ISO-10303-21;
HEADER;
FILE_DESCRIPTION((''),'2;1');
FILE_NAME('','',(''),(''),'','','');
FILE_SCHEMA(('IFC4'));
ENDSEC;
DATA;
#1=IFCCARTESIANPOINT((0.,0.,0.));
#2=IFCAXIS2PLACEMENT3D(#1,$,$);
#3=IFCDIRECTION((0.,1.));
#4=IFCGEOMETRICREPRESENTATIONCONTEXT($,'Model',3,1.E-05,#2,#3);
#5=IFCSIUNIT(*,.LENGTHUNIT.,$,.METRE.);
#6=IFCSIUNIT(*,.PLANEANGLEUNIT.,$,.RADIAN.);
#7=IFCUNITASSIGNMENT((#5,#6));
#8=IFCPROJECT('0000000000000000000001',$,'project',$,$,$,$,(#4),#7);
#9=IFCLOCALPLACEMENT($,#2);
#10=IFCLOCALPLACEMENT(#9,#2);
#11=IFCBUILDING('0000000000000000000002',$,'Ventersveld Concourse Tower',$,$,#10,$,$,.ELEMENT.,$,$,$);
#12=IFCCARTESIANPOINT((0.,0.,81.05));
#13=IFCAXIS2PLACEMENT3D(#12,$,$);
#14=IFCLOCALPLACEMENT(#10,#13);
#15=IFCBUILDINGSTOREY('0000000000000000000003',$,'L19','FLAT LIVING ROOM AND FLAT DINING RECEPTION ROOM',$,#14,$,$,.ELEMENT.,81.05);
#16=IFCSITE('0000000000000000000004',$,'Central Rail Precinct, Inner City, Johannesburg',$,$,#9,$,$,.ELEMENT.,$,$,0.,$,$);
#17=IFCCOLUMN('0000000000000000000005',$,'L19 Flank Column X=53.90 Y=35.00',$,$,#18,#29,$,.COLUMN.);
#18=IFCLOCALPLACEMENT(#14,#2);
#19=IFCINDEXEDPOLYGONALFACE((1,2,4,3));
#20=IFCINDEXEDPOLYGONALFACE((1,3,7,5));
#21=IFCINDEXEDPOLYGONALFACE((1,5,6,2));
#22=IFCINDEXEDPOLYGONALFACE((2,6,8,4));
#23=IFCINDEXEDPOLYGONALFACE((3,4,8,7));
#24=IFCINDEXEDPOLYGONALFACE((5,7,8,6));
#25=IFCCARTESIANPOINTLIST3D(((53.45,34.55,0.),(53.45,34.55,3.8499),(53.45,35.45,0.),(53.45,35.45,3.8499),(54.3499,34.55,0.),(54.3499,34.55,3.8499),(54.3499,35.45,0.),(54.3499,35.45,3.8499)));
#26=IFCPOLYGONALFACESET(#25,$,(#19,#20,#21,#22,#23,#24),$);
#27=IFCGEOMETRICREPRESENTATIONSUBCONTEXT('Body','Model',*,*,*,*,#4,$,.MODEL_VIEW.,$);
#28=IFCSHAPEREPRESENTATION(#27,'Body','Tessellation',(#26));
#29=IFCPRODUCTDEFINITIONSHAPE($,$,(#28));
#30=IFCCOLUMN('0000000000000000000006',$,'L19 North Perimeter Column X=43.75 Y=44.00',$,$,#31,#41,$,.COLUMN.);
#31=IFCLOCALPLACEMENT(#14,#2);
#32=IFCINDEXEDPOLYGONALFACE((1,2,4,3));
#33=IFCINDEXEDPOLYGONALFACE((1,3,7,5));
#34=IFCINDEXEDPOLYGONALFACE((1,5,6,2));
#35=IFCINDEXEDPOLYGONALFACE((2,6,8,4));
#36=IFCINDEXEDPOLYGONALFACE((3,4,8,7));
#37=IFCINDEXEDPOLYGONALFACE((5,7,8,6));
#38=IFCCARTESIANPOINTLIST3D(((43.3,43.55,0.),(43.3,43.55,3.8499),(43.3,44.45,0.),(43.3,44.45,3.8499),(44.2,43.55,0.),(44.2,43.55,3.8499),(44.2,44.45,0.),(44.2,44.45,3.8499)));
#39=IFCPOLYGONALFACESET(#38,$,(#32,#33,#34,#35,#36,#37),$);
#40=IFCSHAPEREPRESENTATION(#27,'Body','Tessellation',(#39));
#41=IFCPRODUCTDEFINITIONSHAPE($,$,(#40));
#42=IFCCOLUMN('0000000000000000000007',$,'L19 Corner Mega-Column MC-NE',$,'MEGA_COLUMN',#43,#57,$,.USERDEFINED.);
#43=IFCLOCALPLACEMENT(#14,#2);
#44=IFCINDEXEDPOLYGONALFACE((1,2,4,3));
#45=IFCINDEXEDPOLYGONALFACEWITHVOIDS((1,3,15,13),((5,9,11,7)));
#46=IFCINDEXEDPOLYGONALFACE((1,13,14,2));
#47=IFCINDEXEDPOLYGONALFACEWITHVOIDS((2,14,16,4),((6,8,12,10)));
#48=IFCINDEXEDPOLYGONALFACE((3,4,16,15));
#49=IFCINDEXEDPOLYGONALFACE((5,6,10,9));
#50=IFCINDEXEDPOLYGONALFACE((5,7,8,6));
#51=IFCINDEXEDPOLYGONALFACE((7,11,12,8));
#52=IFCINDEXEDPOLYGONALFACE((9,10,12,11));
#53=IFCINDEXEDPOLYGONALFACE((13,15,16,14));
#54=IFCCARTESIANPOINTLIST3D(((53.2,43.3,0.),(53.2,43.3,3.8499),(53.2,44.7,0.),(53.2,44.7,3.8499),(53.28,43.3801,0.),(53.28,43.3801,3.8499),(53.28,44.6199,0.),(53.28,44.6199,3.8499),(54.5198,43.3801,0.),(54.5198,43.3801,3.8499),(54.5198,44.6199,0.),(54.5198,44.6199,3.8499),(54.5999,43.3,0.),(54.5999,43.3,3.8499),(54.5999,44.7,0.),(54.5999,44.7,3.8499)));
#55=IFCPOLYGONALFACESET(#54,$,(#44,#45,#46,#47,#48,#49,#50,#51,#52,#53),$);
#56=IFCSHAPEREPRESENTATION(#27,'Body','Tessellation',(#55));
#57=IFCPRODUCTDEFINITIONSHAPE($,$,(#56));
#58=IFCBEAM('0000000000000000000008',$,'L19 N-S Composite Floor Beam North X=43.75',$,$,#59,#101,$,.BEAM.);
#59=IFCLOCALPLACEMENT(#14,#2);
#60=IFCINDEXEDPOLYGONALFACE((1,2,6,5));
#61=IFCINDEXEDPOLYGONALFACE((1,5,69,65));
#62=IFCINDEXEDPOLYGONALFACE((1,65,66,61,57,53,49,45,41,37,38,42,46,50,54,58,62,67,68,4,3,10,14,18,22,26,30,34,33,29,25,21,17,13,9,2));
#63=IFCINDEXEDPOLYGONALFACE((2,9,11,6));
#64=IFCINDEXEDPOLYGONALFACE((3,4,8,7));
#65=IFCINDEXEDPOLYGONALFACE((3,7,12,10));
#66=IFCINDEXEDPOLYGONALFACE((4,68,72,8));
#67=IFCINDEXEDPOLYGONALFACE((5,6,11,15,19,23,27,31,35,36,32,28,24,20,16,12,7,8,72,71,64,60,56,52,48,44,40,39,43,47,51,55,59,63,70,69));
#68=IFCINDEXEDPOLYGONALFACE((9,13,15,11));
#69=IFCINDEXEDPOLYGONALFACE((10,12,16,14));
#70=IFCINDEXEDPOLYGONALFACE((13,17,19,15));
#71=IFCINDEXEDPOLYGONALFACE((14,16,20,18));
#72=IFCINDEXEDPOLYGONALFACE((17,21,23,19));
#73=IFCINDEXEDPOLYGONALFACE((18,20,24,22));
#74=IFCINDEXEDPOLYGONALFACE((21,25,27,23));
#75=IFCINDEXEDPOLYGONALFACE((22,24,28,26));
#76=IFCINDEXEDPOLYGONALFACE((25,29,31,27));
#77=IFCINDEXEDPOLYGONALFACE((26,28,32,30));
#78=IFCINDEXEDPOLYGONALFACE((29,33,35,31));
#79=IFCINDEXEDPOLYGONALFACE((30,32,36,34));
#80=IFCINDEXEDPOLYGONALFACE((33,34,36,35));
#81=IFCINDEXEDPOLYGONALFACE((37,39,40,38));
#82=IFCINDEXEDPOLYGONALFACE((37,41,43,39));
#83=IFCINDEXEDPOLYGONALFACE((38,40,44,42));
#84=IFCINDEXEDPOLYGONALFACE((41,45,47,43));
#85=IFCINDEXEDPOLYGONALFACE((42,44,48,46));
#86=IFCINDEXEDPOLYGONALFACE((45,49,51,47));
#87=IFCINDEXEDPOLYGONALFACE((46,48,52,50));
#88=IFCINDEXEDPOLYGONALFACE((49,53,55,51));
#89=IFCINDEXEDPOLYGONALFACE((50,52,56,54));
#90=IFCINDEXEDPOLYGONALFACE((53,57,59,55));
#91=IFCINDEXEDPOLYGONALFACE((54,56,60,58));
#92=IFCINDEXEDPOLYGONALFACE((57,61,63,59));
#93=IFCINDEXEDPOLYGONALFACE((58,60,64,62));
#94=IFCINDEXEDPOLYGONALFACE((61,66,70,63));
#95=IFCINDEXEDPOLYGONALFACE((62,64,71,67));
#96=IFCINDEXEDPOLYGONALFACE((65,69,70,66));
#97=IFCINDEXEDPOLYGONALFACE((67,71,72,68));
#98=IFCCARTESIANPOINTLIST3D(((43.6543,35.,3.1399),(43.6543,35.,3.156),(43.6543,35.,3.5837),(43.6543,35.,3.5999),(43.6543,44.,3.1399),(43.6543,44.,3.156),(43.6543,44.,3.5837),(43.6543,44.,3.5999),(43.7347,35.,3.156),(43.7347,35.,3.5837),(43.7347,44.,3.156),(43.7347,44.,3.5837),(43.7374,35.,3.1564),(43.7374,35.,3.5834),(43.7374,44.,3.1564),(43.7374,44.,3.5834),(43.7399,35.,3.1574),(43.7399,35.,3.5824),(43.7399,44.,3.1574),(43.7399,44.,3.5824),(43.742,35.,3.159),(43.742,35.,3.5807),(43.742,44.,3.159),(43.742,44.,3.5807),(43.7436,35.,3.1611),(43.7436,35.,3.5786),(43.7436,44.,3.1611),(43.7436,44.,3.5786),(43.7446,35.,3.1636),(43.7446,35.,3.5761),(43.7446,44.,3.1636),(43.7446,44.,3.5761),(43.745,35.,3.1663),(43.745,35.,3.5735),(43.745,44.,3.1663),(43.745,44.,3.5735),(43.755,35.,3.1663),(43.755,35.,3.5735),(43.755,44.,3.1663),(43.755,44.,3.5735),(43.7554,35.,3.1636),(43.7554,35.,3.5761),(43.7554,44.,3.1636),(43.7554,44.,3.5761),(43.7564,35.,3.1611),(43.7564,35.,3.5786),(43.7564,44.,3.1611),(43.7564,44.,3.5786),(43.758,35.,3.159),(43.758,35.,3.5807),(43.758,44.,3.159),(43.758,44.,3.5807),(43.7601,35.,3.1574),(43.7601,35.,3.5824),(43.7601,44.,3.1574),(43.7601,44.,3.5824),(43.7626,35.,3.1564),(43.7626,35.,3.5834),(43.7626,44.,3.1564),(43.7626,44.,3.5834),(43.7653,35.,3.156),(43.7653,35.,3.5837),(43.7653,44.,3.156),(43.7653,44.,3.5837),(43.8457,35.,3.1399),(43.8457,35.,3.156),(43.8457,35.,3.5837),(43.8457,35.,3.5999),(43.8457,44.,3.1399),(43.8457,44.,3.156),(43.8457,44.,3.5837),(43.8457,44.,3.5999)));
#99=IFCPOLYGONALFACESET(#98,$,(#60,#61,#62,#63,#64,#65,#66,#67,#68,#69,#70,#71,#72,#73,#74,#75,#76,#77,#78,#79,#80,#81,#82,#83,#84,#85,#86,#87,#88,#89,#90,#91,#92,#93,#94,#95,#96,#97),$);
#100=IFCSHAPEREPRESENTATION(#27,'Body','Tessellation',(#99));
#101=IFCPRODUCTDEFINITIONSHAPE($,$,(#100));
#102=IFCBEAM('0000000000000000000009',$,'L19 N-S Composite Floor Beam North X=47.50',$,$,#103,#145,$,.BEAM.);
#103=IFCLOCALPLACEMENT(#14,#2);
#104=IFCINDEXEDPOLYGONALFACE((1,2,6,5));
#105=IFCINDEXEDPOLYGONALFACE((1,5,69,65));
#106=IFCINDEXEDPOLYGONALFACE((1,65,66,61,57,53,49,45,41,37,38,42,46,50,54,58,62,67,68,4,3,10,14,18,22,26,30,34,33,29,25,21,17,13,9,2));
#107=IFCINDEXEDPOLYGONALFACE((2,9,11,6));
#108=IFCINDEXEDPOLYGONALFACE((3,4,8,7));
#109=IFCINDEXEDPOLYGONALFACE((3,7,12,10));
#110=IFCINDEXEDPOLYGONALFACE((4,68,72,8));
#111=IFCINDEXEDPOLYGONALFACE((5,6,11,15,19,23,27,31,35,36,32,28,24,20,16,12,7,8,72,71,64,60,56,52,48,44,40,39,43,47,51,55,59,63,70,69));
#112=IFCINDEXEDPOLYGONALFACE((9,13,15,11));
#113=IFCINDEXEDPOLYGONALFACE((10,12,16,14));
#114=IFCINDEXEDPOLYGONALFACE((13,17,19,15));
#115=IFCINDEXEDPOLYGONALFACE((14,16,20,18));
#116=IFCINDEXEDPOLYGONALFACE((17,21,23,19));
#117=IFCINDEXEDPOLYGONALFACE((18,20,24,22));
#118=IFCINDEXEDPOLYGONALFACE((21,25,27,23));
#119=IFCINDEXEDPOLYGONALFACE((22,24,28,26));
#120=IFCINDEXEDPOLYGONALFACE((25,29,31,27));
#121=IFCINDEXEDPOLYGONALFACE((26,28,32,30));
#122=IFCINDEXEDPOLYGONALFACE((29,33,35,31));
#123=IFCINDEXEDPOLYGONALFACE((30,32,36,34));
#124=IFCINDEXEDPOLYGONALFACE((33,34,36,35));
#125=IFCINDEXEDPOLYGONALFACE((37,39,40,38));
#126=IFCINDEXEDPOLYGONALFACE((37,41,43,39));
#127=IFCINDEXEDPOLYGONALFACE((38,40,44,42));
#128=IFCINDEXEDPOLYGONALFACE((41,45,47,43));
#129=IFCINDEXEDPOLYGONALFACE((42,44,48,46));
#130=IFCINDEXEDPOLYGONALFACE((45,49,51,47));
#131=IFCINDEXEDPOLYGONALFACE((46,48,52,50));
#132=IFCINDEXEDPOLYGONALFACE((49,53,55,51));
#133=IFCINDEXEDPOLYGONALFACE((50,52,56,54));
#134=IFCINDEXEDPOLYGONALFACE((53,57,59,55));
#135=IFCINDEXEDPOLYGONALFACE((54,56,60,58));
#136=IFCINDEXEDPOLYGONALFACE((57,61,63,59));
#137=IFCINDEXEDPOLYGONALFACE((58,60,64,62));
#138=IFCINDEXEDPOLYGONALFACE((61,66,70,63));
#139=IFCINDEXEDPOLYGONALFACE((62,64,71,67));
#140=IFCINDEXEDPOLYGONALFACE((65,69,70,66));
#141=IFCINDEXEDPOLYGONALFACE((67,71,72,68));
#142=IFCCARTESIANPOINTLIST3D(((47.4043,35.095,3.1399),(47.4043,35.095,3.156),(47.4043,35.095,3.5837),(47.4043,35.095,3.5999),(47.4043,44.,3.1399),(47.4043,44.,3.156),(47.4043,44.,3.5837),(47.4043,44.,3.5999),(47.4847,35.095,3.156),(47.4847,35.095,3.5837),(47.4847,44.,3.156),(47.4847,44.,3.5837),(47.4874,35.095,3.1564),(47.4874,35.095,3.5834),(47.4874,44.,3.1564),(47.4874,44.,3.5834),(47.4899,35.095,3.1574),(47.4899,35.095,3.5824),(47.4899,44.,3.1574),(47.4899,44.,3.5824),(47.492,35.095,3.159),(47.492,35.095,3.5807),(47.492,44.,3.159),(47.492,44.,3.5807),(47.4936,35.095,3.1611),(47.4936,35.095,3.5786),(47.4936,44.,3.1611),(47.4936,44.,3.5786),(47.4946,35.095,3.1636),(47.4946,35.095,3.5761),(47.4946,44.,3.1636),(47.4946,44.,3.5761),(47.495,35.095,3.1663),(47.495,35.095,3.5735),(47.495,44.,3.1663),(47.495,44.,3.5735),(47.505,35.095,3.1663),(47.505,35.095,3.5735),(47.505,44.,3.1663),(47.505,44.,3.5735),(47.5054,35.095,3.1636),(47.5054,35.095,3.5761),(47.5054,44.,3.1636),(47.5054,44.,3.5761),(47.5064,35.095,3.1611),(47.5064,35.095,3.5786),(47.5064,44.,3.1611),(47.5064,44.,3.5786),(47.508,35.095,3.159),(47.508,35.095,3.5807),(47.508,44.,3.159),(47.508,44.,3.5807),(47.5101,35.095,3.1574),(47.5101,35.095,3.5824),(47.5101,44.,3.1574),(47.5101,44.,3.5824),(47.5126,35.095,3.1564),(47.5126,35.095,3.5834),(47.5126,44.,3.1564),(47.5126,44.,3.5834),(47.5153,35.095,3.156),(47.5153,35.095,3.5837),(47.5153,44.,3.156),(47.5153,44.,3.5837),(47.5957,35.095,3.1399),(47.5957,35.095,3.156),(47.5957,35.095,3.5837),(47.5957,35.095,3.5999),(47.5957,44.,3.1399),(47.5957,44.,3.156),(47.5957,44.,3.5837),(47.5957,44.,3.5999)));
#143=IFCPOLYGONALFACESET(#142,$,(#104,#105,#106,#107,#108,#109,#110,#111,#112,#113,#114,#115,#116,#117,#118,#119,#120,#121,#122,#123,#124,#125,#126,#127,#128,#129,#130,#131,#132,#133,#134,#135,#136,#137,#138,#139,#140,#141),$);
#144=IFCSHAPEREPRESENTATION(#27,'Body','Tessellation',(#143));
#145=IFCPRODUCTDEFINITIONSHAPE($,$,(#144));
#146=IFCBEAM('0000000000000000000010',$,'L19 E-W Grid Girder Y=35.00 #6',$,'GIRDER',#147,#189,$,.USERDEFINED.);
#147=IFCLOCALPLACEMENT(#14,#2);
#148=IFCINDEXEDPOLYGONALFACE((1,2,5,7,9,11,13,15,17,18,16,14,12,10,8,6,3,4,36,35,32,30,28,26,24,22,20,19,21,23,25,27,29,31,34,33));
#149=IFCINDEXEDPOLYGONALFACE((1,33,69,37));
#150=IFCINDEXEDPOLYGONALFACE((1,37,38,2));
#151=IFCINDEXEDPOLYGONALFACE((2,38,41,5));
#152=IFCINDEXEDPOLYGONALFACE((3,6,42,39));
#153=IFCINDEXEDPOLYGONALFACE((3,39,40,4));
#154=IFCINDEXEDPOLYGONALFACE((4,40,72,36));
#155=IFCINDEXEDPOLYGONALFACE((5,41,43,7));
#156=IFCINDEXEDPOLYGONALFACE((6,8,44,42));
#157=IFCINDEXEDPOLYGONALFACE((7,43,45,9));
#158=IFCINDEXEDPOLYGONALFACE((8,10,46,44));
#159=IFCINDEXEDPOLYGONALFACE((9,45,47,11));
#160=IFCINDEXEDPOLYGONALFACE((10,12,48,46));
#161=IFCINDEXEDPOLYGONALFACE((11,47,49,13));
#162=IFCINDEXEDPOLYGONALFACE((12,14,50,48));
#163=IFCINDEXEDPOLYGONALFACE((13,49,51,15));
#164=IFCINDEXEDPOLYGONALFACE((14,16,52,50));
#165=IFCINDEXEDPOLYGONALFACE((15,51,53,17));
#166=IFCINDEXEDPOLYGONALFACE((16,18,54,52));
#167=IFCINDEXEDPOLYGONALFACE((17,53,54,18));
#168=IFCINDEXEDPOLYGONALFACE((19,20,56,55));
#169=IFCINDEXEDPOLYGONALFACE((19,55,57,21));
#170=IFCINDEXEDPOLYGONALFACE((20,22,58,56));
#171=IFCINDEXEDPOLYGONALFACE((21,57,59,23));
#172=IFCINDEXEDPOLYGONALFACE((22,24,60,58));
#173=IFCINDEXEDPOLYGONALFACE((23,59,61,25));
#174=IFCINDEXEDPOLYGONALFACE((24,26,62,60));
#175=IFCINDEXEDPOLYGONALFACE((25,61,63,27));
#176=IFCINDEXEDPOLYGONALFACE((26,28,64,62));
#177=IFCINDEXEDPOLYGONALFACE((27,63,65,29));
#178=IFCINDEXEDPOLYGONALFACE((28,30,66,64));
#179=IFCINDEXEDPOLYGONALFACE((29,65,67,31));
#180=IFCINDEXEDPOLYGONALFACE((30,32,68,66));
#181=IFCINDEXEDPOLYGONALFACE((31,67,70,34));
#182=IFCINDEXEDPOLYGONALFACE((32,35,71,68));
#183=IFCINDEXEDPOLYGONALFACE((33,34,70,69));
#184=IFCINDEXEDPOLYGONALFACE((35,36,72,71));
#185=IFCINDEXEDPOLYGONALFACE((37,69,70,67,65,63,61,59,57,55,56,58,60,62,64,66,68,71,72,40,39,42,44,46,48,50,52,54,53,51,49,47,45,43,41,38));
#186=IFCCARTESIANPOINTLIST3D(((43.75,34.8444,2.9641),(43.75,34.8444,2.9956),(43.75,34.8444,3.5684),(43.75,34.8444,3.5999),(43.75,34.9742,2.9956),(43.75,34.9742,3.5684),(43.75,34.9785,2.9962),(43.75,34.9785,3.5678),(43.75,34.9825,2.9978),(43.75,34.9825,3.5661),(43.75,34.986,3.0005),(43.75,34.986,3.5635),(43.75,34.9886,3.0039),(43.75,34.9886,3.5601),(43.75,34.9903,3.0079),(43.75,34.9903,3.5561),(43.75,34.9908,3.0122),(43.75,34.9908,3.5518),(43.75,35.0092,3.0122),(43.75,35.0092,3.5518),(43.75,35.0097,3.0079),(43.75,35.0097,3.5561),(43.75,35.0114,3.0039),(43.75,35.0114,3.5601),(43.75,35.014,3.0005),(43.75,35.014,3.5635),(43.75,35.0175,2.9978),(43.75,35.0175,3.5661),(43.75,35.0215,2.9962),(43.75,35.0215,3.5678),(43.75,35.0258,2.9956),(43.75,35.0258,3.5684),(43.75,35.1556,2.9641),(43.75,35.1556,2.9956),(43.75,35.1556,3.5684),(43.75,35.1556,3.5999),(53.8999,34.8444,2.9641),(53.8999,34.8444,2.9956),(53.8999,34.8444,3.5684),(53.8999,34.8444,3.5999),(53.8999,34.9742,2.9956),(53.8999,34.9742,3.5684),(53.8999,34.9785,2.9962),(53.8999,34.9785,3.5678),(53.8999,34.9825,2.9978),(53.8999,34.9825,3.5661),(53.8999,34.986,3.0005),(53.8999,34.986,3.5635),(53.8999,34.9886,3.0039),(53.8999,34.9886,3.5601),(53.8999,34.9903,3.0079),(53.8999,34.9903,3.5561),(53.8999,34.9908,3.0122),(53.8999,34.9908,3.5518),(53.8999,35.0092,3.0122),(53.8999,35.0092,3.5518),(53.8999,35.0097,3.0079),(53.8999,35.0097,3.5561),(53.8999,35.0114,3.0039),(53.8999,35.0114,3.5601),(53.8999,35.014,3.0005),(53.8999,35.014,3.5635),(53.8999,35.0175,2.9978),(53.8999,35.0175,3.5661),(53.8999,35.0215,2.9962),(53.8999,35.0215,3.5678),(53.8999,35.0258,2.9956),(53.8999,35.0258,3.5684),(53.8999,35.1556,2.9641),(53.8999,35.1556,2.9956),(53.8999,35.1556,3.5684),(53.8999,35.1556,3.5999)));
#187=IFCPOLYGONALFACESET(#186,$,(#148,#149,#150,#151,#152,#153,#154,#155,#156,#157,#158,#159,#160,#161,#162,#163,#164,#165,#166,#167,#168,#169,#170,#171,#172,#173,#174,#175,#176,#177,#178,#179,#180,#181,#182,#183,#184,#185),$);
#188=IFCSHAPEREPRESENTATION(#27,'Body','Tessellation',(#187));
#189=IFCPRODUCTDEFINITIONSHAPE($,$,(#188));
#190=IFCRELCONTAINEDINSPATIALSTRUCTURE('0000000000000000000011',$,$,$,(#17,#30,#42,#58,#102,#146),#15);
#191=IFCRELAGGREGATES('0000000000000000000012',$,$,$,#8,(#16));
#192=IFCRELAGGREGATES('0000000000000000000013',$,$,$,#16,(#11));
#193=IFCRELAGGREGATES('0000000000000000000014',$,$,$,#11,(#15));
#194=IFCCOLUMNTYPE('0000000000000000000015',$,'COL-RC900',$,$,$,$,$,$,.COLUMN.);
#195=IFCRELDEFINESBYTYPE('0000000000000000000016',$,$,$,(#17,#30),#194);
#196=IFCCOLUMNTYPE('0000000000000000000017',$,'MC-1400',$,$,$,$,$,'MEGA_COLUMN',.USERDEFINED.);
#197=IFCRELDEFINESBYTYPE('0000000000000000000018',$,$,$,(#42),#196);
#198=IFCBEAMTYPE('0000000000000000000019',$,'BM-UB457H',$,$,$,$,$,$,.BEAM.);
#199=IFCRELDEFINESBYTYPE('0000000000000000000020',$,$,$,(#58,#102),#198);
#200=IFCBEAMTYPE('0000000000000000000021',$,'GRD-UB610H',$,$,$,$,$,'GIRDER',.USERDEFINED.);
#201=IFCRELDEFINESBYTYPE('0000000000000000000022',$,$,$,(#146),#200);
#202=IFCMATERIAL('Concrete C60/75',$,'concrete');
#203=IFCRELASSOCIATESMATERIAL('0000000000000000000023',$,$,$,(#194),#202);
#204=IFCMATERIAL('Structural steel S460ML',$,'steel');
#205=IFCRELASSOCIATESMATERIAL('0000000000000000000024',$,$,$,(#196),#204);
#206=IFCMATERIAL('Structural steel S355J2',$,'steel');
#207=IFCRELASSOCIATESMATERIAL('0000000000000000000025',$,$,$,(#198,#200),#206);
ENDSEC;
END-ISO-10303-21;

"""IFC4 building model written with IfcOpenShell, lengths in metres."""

from ifc_helpers import new_model, si_unit, direction, frame, origin, origin_2d, place, context, subcontext, project, spatial, rectangle, hollow_rectangle, i_section, extrude, material, material_profile, profile_set, type_object, element, save


model = new_model("IFC4")

# Units and contexts
model_context = context("Model", 3, precision=1e-05, world=origin(), true_north=direction((0.0, 1.0)))
body_context = subcontext(model_context, "Body", "Model", "MODEL_VIEW")
ifc_project = project(units=[si_unit("LENGTHUNIT", "METRE"), si_unit("PLANEANGLEUNIT", "RADIAN")], contexts=[model_context])

# Site, building, storey
site_placement = place(None, origin())
site = spatial("IfcSite", under=ifc_project, at=site_placement, Name="Central Rail Precinct, Inner City, Johannesburg", CompositionType="ELEMENT", RefElevation=0.0)
building_placement = place(site_placement, origin())
building = spatial("IfcBuilding", under=site, at=building_placement, Name="Ventersveld Concourse Tower", CompositionType="ELEMENT")
storey_placement = place(building_placement, frame((0.0, 0.0, 81.05)))
storey = spatial("IfcBuildingStorey", under=building, at=storey_placement, Name="L19", Description="FLAT LIVING ROOM AND FLAT DINING RECEPTION ROOM", CompositionType="ELEMENT", Elevation=81.05)

# Columns
ifc_material_1 = material(Name="Concrete C60/75", Category="concrete")
ifc_material_profile_1 = material_profile(ifc_material_1, rectangle(XDim=0.8999, YDim=0.8999, at=origin_2d()), Name="RC 900x900")
ifc_profile_set_1 = profile_set([ifc_material_profile_1], Name="Concrete C60/75")
column_type_1 = type_object("IfcColumnType", Name="COL-RC900", PredefinedType="COLUMN", material=ifc_profile_set_1)
for number, where, z_axis, x_axis, name in (
    (1, (53.8999, 35.0, 0.0), (0.0, 0.0, 1.0), (1.0, 0.0, 0.0), "L19 Flank Column X=53.90 Y=35.00"),
    (2, (43.75, 44.0, 0.0), (0.0, 0.0, 1.0), (1.0, 0.0, 0.0), "L19 North Perimeter Column X=43.75 Y=44.00"),
):
    element("IfcColumn", number, at=place(storey_placement, frame(where, z_axis=z_axis, x_axis=x_axis)), inside=storey, type_object=column_type_1, Name=name, PredefinedType="COLUMN", context=body_context, shape_type="SweptSolid", body=[
        extrude(rectangle(XDim=0.8999, YDim=0.8999, at=origin_2d()), origin(), (0.0, 0.0, 1.0), 3.8499),
    ])
ifc_material_2 = material(Name="Structural steel S460ML", Category="steel")
ifc_material_profile_2 = material_profile(ifc_material_2, hollow_rectangle(XDim=1.3999, YDim=1.3999, WallThickness=0.0801, at=origin_2d()), Name="BOX 1400x1400x80")
ifc_profile_set_2 = profile_set([ifc_material_profile_2], Name="Structural steel S460ML")
column_type_2 = type_object("IfcColumnType", Name="MC-1400", ElementType="MEGA_COLUMN", PredefinedType="USERDEFINED", material=ifc_profile_set_2)
column_placement = place(storey_placement, frame((53.8999, 44.0, 0.0), z_axis=(0.0, 0.0, 1.0), x_axis=(1.0, 0.0, 0.0)))
element("IfcColumn", 3, at=column_placement, inside=storey, type_object=column_type_2, Name="L19 Corner Mega-Column MC-NE", ObjectType="MEGA_COLUMN", PredefinedType="USERDEFINED", context=body_context, shape_type="SweptSolid", body=[
    extrude(hollow_rectangle(XDim=1.3999, YDim=1.3999, WallThickness=0.0801, at=origin_2d()), origin(), (0.0, 0.0, 1.0), 3.8499),
])

# Beams
ifc_material_3 = material(Name="Structural steel S355J2", Category="steel")
ifc_material_profile_3 = material_profile(ifc_material_3, i_section(OverallWidth=0.1914, OverallDepth=0.46, WebThickness=0.01, FlangeThickness=0.0161, FilletRadius=0.0103, at=origin_2d()), Name="UB 457x191x82")
ifc_profile_set_3 = profile_set([ifc_material_profile_3], Name="Structural steel S355J2")
beam_type_1 = type_object("IfcBeamType", Name="BM-UB457H", PredefinedType="BEAM", material=ifc_profile_set_3)
beam_1_placement = place(storey_placement, frame((43.75, 35.0, 3.3699), z_axis=(0.0, 1.0, 0.0), x_axis=(-1.0, 0.0, 0.0)))
element("IfcBeam", 4, at=beam_1_placement, inside=storey, type_object=beam_type_1, Name="L19 N-S Composite Floor Beam North X=43.75", PredefinedType="BEAM", context=body_context, shape_type="SweptSolid", body=[
    extrude(i_section(OverallWidth=0.1914, OverallDepth=0.46, WebThickness=0.01, FlangeThickness=0.0161, FilletRadius=0.0103, at=origin_2d()), origin(), (0.0, 0.0, 1.0), 9.0),
])
beam_2_placement = place(storey_placement, frame((47.5, 35.095, 3.3699), z_axis=(0.0, 1.0, 0.0), x_axis=(-1.0, 0.0, 0.0)))
element("IfcBeam", 5, at=beam_2_placement, inside=storey, type_object=beam_type_1, Name="L19 N-S Composite Floor Beam North X=47.50", PredefinedType="BEAM", context=body_context, shape_type="SweptSolid", body=[
    extrude(i_section(OverallWidth=0.1914, OverallDepth=0.46, WebThickness=0.01, FlangeThickness=0.0161, FilletRadius=0.0103, at=origin_2d()), origin(), (0.0, 0.0, 1.0), 8.905),
])
ifc_material_profile_4 = material_profile(ifc_material_3, i_section(OverallWidth=0.3113, OverallDepth=0.6357, WebThickness=0.0183, FlangeThickness=0.0315, FilletRadius=0.0166, at=origin_2d()), Name="UB 610x305x238")
ifc_profile_set_4 = profile_set([ifc_material_profile_4], Name="Structural steel S355J2")
beam_type_2 = type_object("IfcBeamType", Name="GRD-UB610H", ElementType="GIRDER", PredefinedType="USERDEFINED", material=ifc_profile_set_4)
beam_3_placement = place(storey_placement, frame((43.75, 35.0, 3.282), z_axis=(1.0, 0.0, 0.0), x_axis=(0.0, 1.0, 0.0)))
element("IfcBeam", 6, at=beam_3_placement, inside=storey, type_object=beam_type_2, Name="L19 E-W Grid Girder Y=35.00 #6", ObjectType="GIRDER", PredefinedType="USERDEFINED", context=body_context, shape_type="SweptSolid", body=[
    extrude(i_section(OverallWidth=0.3113, OverallDepth=0.6357, WebThickness=0.0183, FlangeThickness=0.0315, FilletRadius=0.0166, at=origin_2d()), origin(), (0.0, 0.0, 1.0), 10.1499),
])

save(model, "model.ifc")
